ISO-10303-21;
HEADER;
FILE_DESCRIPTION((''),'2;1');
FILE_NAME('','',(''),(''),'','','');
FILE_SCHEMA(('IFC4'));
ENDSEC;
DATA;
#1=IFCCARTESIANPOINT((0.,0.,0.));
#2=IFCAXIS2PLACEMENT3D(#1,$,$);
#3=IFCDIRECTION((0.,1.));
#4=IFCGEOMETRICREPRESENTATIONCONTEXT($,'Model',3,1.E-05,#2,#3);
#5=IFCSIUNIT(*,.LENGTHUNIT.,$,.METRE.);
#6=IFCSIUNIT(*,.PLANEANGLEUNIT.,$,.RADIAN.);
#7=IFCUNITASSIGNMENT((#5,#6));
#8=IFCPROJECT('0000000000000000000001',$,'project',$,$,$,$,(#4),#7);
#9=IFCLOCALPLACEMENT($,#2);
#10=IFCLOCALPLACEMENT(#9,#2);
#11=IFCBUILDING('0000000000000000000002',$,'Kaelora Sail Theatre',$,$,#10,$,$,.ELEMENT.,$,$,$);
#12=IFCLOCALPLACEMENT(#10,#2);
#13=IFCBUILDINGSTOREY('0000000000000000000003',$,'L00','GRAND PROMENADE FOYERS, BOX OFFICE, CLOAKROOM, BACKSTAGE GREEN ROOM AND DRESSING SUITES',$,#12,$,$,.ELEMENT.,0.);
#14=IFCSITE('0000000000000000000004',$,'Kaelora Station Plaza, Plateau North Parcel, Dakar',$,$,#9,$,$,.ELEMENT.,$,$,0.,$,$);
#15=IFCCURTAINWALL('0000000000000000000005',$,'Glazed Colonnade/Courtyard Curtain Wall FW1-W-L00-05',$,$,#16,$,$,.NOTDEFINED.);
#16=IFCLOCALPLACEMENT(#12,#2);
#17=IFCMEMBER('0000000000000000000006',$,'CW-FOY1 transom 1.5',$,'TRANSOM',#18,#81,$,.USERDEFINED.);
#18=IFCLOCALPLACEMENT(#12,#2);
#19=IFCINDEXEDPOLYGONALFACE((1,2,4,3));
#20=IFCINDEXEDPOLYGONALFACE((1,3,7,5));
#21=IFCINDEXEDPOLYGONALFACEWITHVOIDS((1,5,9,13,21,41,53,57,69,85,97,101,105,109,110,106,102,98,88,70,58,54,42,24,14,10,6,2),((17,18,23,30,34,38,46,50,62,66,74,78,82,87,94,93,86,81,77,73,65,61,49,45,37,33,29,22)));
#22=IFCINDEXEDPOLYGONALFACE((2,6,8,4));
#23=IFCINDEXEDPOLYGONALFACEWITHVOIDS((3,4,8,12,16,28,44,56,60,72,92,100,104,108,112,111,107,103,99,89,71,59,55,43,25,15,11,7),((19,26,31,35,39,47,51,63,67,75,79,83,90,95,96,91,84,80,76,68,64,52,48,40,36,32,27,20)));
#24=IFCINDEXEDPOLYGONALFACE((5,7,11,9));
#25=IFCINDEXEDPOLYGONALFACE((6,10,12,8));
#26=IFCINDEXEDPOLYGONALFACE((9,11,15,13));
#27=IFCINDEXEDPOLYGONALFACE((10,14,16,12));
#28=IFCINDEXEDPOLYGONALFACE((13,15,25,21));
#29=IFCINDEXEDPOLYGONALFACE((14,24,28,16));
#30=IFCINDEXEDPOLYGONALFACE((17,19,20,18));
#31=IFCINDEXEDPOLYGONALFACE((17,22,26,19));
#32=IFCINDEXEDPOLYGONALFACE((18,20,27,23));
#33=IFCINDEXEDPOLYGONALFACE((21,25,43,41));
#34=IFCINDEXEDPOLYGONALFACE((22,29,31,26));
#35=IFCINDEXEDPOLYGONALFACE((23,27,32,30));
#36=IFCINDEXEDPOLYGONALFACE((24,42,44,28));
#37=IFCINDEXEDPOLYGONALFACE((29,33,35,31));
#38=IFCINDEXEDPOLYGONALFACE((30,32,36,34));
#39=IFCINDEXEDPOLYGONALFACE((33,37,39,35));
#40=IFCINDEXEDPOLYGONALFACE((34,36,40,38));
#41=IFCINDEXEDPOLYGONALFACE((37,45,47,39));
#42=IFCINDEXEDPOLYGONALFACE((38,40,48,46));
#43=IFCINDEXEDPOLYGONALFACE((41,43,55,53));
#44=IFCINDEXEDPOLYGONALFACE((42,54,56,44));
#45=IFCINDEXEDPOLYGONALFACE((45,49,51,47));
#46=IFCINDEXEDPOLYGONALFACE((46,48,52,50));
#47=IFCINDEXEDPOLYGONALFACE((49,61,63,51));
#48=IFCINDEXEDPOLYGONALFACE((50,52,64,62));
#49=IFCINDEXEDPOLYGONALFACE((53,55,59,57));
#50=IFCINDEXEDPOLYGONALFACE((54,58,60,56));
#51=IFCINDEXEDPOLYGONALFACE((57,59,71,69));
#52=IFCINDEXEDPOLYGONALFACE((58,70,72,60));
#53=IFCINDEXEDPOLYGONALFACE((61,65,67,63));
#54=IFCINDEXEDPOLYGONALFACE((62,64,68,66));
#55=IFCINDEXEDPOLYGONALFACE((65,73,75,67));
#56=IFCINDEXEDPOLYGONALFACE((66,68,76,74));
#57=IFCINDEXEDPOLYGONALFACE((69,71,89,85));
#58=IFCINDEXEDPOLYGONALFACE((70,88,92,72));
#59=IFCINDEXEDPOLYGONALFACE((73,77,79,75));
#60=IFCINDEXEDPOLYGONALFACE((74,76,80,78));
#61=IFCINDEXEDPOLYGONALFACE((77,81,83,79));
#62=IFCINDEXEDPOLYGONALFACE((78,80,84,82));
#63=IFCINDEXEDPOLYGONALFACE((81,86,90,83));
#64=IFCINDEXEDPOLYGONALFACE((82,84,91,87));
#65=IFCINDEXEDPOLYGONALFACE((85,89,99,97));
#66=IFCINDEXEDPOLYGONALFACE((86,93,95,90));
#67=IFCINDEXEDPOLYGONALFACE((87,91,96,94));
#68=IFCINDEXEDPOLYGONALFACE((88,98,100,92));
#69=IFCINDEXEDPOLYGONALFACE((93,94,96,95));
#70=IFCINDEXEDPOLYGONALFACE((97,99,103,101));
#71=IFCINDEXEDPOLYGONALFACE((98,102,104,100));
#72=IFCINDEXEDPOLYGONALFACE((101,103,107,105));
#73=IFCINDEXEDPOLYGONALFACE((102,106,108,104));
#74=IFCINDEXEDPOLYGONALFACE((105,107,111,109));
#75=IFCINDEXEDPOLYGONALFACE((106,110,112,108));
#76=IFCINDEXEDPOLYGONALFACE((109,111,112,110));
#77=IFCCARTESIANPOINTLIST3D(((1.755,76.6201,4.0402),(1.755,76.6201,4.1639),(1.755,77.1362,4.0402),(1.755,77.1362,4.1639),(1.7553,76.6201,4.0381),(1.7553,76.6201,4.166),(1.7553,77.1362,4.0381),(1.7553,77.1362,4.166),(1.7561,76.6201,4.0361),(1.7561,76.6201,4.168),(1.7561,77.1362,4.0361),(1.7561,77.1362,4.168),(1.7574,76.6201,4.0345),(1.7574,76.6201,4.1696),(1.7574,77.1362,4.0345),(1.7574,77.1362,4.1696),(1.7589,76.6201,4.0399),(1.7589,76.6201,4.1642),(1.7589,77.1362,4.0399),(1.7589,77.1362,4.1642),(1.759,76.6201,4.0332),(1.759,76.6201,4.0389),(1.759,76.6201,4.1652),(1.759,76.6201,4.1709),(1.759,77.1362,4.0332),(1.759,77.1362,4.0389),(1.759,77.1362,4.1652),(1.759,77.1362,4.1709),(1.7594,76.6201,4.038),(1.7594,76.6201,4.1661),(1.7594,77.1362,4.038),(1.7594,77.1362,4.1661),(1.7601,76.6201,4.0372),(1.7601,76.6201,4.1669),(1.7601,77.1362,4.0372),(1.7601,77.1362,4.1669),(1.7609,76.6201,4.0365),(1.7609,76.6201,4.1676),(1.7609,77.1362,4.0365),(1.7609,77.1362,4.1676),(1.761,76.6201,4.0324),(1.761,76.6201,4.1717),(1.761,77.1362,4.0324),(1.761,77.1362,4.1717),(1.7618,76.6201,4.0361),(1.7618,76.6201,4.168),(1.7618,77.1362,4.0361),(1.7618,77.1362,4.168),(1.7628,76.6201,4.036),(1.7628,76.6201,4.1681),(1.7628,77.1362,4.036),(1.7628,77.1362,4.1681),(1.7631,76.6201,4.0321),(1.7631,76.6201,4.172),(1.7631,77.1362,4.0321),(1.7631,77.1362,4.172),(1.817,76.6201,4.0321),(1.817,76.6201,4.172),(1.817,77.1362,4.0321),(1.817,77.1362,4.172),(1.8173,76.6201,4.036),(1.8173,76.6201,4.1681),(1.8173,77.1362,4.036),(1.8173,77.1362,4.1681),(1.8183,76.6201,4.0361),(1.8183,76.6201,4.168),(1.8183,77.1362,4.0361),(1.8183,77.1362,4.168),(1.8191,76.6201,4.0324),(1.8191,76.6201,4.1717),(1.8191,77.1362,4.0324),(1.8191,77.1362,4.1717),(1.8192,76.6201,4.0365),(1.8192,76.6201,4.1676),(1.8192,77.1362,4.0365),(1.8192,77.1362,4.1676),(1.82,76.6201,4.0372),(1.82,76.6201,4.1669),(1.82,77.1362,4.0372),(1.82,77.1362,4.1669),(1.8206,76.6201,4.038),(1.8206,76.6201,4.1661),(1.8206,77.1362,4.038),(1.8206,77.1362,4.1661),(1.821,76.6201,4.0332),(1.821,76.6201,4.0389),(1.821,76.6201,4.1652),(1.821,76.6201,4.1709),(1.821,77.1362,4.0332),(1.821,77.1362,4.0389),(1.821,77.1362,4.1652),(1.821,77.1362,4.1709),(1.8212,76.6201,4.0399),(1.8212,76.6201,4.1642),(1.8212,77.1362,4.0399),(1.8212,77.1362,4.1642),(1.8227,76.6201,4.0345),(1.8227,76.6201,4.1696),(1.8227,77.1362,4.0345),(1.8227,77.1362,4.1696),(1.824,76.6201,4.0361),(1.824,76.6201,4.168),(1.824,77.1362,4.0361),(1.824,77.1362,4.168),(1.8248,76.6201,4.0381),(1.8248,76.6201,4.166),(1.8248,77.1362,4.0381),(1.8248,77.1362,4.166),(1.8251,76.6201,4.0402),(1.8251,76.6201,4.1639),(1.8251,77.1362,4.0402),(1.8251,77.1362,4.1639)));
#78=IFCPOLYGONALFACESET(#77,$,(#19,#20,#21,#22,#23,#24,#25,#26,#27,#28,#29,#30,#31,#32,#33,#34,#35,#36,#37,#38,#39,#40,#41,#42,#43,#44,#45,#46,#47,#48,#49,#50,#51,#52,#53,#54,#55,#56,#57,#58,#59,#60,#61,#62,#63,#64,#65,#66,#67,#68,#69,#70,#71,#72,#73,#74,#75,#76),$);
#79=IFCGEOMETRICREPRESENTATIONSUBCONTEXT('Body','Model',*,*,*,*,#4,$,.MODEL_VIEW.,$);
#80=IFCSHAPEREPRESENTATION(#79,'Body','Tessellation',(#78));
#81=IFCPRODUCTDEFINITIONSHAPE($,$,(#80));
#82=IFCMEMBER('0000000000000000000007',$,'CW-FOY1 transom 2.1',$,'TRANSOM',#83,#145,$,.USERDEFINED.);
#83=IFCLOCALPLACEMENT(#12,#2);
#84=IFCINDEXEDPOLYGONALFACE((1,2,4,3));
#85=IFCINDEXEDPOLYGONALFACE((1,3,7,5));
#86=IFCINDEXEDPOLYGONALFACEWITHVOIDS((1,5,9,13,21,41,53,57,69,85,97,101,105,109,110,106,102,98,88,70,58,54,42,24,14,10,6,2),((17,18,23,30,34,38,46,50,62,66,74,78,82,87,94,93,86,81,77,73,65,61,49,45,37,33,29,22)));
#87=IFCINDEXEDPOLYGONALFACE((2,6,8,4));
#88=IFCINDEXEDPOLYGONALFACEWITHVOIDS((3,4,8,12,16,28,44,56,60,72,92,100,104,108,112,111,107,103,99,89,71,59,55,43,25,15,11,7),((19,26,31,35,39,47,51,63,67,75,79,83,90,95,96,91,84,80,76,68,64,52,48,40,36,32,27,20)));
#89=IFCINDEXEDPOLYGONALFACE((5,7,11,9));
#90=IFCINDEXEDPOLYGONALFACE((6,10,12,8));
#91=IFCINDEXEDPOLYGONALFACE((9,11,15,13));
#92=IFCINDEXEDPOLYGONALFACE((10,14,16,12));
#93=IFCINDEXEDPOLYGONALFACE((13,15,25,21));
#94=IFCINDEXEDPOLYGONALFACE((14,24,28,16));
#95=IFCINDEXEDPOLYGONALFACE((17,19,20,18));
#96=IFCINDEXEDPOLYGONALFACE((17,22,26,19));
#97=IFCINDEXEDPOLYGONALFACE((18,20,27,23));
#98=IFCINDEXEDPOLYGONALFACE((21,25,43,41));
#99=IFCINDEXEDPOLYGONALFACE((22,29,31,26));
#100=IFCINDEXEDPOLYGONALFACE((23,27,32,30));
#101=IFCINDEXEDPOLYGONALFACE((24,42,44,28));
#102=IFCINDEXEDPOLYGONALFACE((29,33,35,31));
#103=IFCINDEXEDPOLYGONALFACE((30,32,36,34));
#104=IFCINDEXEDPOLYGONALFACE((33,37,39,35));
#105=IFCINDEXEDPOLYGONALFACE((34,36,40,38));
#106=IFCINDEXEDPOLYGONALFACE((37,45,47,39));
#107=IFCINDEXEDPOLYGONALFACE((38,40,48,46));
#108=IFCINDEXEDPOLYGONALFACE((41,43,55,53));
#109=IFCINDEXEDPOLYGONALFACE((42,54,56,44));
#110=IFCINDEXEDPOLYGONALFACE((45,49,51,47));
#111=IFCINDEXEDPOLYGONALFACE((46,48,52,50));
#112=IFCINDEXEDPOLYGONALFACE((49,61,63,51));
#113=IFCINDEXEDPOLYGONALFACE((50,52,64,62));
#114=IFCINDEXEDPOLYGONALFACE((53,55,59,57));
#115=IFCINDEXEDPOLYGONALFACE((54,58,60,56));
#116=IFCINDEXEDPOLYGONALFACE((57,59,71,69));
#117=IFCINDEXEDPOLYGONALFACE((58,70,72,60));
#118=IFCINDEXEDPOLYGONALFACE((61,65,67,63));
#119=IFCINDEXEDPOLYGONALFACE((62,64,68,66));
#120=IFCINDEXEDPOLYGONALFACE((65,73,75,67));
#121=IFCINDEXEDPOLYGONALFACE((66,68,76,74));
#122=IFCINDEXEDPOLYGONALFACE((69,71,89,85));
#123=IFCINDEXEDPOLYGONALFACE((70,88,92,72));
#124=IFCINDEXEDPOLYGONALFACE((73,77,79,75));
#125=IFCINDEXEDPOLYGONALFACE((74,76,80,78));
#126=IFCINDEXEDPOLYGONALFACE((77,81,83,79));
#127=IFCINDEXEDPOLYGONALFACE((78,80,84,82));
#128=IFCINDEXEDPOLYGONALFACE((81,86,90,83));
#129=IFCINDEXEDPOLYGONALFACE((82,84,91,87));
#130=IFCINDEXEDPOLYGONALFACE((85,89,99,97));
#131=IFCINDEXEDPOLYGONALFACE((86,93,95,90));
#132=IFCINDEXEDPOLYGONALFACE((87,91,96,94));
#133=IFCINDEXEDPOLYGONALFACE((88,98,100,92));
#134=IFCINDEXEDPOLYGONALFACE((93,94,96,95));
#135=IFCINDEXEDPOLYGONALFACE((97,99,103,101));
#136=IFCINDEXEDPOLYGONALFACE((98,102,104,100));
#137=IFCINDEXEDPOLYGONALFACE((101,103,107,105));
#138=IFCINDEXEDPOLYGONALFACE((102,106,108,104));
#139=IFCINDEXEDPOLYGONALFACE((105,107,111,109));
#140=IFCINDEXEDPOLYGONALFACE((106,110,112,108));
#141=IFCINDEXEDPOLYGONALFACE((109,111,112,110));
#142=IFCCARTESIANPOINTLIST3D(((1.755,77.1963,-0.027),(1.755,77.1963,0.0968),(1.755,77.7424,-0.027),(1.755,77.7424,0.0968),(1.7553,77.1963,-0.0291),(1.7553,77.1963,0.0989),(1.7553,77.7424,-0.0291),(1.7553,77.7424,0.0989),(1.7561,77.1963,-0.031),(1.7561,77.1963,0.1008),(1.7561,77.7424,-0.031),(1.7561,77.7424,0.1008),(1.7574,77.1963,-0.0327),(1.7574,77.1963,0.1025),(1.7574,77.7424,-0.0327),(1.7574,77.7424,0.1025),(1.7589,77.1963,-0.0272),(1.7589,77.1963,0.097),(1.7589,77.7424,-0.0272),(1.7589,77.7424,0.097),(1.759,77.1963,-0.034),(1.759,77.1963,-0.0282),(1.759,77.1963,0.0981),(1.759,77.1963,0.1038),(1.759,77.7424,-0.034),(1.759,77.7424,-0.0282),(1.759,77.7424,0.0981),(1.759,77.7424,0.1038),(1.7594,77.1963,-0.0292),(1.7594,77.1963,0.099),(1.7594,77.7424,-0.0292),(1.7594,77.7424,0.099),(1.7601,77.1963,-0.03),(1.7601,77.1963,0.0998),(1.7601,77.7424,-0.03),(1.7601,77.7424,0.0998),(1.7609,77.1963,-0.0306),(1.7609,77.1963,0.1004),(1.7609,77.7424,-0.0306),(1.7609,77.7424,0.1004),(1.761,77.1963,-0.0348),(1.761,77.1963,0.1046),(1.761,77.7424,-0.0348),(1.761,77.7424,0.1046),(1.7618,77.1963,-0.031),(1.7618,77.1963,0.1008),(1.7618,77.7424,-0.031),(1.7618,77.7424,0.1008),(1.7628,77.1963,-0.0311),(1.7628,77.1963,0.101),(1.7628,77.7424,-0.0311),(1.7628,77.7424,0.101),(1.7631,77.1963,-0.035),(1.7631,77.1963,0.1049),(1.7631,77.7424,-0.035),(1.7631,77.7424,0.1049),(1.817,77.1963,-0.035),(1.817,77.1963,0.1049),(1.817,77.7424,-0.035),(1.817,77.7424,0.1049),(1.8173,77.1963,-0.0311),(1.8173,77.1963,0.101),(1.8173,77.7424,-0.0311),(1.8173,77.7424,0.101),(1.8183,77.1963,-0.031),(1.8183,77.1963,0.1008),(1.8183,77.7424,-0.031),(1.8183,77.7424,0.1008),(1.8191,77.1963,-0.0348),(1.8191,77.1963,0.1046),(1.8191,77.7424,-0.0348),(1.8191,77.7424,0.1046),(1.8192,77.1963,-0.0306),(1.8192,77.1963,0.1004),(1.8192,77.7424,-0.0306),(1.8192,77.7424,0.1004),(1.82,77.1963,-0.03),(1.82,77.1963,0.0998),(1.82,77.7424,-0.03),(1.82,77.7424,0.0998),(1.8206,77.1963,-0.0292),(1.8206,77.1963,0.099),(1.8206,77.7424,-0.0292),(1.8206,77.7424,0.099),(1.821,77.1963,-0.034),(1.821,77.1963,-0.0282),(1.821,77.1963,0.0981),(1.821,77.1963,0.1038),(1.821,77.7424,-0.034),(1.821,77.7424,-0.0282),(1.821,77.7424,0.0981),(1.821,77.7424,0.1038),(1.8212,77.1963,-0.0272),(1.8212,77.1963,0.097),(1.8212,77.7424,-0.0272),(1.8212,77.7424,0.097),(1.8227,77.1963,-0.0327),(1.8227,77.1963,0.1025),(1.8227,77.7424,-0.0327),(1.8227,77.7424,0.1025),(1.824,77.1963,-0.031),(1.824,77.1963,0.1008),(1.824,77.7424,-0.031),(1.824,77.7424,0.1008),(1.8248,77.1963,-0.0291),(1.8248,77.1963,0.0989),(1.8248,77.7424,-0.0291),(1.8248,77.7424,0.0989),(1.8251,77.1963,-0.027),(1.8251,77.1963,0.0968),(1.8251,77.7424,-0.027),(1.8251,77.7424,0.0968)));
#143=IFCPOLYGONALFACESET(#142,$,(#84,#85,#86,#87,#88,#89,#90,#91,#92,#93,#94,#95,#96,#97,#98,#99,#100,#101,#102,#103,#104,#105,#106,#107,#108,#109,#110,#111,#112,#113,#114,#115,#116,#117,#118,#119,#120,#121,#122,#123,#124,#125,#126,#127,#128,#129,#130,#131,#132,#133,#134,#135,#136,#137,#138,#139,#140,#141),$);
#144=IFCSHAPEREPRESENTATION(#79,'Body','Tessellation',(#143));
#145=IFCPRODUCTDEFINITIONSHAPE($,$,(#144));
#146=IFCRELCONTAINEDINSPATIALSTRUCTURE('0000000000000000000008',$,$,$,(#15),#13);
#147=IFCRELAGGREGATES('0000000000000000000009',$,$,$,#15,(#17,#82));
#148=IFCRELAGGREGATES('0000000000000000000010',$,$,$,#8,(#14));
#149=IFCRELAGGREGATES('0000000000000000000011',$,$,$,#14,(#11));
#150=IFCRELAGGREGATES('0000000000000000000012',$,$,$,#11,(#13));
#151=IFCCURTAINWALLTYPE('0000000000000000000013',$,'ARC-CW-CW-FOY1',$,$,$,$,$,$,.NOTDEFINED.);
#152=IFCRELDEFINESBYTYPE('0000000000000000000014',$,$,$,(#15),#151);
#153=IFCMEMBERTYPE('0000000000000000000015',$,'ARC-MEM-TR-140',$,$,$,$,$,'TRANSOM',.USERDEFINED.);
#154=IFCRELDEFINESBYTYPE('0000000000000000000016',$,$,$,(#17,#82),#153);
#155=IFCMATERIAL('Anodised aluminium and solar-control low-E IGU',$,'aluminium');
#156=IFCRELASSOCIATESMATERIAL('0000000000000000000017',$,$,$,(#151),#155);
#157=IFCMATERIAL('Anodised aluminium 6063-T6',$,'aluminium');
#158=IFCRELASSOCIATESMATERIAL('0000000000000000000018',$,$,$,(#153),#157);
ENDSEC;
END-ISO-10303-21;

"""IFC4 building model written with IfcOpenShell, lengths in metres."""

from ifc_helpers import new_model, si_unit, direction, frame, origin, origin_2d, place, context, subcontext, project, spatial, hollow_rectangle, extrude, material, material_profile, profile_set, type_object, element, aggregate, save


model = new_model("IFC4")

# Units and contexts
model_context = context("Model", 3, precision=1e-05, world=origin(), true_north=direction((0.0, 1.0)))
body_context = subcontext(model_context, "Body", "Model", "MODEL_VIEW")
ifc_project = project(units=[si_unit("LENGTHUNIT", "METRE"), si_unit("PLANEANGLEUNIT", "RADIAN")], contexts=[model_context])

# Site, building, storey
site_placement = place(None, origin())
site = spatial("IfcSite", under=ifc_project, at=site_placement, Name="Kaelora Station Plaza, Plateau North Parcel, Dakar", CompositionType="ELEMENT", RefElevation=0.0)
building_placement = place(site_placement, origin())
building = spatial("IfcBuilding", under=site, at=building_placement, Name="Kaelora Sail Theatre", CompositionType="ELEMENT")
storey_placement = place(building_placement, origin())
storey = spatial("IfcBuildingStorey", under=building, at=storey_placement, Name="L00", Description="GRAND PROMENADE FOYERS, BOX OFFICE, CLOAKROOM, BACKSTAGE GREEN ROOM AND DRESSING SUITES", CompositionType="ELEMENT", Elevation=0.0)

# Curtain wall, members
ifc_material_1 = material(Name="Anodised aluminium and solar-control low-E IGU", Category="aluminium")
curtain_wall_type = type_object("IfcCurtainWallType", Name="ARC-CW-CW-FOY1", PredefinedType="NOTDEFINED", material=ifc_material_1)
curtain_wall_placement = place(storey_placement, origin())
curtain_wall = element("IfcCurtainWall", 1, at=curtain_wall_placement, inside=storey, type_object=curtain_wall_type, Name="Glazed Colonnade/Courtyard Curtain Wall FW1-W-L00-05", PredefinedType="NOTDEFINED")
ifc_material_2 = material(Name="Anodised aluminium 6063-T6", Category="aluminium")
ifc_material_profile_1 = material_profile(ifc_material_2, hollow_rectangle(XDim=0.0701, YDim=0.1399, WallThickness=0.0039, InnerFilletRadius=0.0039, OuterFilletRadius=0.0081, at=origin_2d()), Name="ALU-TRAN 70x140x4")
ifc_profile_set_1 = profile_set([ifc_material_profile_1], Name="Anodised aluminium 6063-T6")
member_type_1 = type_object("IfcMemberType", Name="ARC-MEM-TR-140", ElementType="TRANSOM", PredefinedType="USERDEFINED", material=ifc_profile_set_1)
member_1_placement = place(storey_placement, frame((1.79, 76.6201, 4.1021), z_axis=(0.0, 1.0, 0.0), x_axis=(-1.0, 0.0, 0.0)))
member_1 = element("IfcMember", 2, at=member_1_placement, type_object=member_type_1, Name="CW-FOY1 transom 1.5", ObjectType="TRANSOM", PredefinedType="USERDEFINED", context=body_context, shape_type="SweptSolid", body=[
    extrude(hollow_rectangle(XDim=0.0701, YDim=0.1399, WallThickness=0.0039, InnerFilletRadius=0.0039, OuterFilletRadius=0.0081, at=origin_2d()), origin(), (0.0, 0.0, 1.0), 0.5161),
])
member_2_placement = place(storey_placement, frame((1.79, 77.1963, 0.0349), z_axis=(0.0, 1.0, 0.0), x_axis=(-1.0, 0.0, 0.0)))
member_2 = element("IfcMember", 3, at=member_2_placement, type_object=member_type_1, Name="CW-FOY1 transom 2.1", ObjectType="TRANSOM", PredefinedType="USERDEFINED", context=body_context, shape_type="SweptSolid", body=[
    extrude(hollow_rectangle(XDim=0.0701, YDim=0.1399, WallThickness=0.0039, InnerFilletRadius=0.0039, OuterFilletRadius=0.0081, at=origin_2d()), origin(), (0.0, 0.0, 1.0), 0.5461),
])
aggregate(curtain_wall, [member_1, member_2])

save(model, "model.ifc")
